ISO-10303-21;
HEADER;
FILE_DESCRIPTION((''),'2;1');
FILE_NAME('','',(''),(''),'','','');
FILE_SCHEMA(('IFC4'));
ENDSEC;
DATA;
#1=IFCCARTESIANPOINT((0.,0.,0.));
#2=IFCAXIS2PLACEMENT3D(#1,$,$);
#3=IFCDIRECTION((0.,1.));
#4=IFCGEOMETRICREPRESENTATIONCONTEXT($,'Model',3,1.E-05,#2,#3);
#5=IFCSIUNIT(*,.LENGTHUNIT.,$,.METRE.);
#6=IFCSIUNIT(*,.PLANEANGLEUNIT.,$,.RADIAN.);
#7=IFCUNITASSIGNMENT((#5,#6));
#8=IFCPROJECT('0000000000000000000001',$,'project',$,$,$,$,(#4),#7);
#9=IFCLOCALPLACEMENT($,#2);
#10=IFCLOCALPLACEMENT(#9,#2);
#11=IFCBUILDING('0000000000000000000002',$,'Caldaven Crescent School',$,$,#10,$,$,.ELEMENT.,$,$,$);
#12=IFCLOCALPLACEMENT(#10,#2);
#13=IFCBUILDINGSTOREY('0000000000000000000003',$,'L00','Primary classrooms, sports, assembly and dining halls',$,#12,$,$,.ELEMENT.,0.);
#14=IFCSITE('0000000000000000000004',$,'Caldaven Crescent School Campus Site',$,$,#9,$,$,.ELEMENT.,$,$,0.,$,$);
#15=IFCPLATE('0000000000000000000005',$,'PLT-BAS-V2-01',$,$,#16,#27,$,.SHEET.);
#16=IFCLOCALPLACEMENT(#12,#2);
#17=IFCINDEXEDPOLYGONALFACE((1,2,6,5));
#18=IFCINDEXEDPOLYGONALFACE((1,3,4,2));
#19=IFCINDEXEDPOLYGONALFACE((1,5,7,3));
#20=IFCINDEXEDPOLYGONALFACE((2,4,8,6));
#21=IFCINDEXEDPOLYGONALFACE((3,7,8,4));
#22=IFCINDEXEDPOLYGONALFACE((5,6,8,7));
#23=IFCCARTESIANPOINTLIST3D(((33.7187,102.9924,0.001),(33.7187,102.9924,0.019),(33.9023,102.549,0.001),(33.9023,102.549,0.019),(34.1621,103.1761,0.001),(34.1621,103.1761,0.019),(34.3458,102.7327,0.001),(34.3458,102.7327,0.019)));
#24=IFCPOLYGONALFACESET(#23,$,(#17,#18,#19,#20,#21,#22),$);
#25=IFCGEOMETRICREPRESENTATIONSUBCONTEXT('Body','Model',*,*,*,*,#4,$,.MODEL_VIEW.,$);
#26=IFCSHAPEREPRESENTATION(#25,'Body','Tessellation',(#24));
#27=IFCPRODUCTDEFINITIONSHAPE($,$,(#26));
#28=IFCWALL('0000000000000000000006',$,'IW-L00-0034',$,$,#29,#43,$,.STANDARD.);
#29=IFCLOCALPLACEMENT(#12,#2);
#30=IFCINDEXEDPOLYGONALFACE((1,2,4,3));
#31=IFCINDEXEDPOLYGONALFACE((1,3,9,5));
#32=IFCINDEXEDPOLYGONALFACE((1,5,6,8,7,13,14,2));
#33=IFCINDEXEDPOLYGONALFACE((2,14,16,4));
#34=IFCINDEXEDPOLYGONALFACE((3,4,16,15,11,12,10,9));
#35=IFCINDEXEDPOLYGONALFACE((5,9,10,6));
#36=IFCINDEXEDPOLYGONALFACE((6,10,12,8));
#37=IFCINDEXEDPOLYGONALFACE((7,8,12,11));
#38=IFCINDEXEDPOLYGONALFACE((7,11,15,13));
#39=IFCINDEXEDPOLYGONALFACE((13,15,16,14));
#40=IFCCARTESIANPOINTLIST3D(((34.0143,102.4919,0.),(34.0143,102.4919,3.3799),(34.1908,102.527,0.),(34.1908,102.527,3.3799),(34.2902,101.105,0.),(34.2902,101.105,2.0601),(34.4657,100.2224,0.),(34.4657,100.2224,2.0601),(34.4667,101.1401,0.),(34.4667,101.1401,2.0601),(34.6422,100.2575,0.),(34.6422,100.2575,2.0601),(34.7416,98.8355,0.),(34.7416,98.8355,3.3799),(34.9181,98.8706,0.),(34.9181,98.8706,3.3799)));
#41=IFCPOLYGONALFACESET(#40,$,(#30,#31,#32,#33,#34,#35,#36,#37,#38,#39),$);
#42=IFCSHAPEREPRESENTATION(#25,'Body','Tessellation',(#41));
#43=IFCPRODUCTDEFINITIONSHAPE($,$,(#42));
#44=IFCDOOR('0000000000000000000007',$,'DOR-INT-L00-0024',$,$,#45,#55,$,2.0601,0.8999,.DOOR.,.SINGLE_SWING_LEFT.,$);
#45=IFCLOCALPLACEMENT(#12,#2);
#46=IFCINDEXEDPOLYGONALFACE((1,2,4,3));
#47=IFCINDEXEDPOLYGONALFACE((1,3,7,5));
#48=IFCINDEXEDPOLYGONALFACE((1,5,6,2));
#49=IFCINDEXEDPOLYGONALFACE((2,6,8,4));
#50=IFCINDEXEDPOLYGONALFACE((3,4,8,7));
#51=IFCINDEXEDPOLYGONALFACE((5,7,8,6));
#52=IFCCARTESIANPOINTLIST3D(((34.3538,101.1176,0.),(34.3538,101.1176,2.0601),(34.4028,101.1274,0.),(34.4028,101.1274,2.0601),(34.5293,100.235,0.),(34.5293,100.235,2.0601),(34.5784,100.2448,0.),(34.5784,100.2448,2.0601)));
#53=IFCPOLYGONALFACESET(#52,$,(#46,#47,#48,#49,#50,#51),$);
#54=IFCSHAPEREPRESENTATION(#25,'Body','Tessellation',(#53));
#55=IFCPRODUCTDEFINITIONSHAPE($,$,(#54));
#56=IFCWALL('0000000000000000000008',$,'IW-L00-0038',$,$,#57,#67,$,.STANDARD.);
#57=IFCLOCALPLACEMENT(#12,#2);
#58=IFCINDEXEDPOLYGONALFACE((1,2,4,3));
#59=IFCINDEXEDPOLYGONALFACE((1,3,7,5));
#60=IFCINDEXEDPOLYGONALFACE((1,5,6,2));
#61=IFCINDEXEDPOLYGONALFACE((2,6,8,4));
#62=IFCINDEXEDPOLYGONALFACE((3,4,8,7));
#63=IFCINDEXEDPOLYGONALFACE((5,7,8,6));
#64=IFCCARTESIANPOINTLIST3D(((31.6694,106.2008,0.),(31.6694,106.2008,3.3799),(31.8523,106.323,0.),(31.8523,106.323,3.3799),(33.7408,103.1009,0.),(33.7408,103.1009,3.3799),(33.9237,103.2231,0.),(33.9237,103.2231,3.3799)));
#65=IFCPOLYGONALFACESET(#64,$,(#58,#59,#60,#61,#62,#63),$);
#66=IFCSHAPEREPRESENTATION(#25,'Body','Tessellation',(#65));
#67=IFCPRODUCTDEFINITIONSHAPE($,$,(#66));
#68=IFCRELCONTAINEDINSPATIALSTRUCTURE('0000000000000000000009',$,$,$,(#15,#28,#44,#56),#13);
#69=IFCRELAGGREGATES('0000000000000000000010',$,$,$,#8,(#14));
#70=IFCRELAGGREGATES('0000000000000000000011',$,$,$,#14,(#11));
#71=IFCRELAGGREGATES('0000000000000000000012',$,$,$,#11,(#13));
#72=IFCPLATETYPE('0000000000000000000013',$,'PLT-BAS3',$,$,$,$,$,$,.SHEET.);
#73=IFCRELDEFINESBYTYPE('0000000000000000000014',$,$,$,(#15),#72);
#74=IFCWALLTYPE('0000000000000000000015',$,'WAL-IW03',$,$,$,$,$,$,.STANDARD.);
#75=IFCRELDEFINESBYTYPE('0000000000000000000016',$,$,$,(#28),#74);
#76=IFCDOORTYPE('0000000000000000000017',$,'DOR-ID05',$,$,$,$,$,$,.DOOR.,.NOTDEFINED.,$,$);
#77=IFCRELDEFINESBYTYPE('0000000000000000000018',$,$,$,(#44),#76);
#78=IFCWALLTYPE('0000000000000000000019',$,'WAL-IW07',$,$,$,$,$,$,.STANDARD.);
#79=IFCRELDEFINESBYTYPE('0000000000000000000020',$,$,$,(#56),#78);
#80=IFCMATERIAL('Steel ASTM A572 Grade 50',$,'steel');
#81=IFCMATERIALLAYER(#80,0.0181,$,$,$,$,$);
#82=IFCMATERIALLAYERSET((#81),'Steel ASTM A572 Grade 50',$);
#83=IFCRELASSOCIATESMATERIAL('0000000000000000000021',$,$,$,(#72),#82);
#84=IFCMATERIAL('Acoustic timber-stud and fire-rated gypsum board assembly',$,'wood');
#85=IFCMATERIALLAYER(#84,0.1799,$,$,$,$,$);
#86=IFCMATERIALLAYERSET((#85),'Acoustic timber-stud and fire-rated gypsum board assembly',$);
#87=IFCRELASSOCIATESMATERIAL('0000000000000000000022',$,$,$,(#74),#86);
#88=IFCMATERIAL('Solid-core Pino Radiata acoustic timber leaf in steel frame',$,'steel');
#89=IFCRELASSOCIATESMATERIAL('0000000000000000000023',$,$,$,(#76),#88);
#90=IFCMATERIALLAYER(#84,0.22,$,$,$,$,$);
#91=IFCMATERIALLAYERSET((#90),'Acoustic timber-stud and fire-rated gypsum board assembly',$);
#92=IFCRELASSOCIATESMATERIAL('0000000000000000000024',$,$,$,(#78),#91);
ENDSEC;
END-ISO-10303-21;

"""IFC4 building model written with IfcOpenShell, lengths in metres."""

from ifc_helpers import new_model, si_unit, direction, frame, frame_2d, origin, origin_2d, place, context, subcontext, project, spatial, rectangle, extrude, material, layer, layer_set, type_object, element, fill, save


model = new_model("IFC4")

# Units and contexts
model_context = context("Model", 3, precision=1e-05, world=origin(), true_north=direction((0.0, 1.0)))
body_context = subcontext(model_context, "Body", "Model", "MODEL_VIEW")
ifc_project = project(units=[si_unit("LENGTHUNIT", "METRE"), si_unit("PLANEANGLEUNIT", "RADIAN")], contexts=[model_context])

# Site, building, storey
site_placement = place(None, origin())
site = spatial("IfcSite", under=ifc_project, at=site_placement, Name="Caldaven Crescent School Campus Site", CompositionType="ELEMENT", RefElevation=0.0)
building_placement = place(site_placement, origin())
building = spatial("IfcBuilding", under=site, at=building_placement, Name="Caldaven Crescent School", CompositionType="ELEMENT")
storey_placement = place(building_placement, origin())
storey = spatial("IfcBuildingStorey", under=building, at=storey_placement, Name="L00", Description="Primary classrooms, sports, assembly and dining halls", CompositionType="ELEMENT", Elevation=0.0)

# Plate
ifc_material_1 = material(Name="Steel ASTM A572 Grade 50", Category="steel")
ifc_layer_1 = layer(ifc_material_1, 0.0181)
ifc_layer_set_1 = layer_set([ifc_layer_1], Name="Steel ASTM A572 Grade 50")
plate_type_1 = type_object("IfcPlateType", Name="PLT-BAS3", PredefinedType="SHEET", material=ifc_layer_set_1)
plate_1_placement = place(storey_placement, frame((34.0322, 102.8625, 0.001), z_axis=(0.0, 0.0, 1.0), x_axis=(0.92388, 0.382683, 0.0)))
element("IfcPlate", 1, at=plate_1_placement, inside=storey, type_object=plate_type_1, Name="PLT-BAS-V2-01", PredefinedType="SHEET", context=body_context, shape_type="SweptSolid", body=[
    extrude(rectangle(XDim=0.48, YDim=0.48, at=origin_2d()), origin(), (0.0, 0.0, 1.0), 0.0181),
])

# Wall, opening, door
ifc_material_2 = material(Name="Acoustic timber-stud and fire-rated gypsum board assembly", Category="wood")
ifc_layer_2 = layer(ifc_material_2, 0.1799)
ifc_layer_set_2 = layer_set([ifc_layer_2], Name="Acoustic timber-stud and fire-rated gypsum board assembly")
wall_type_1 = type_object("IfcWallType", Name="WAL-IW03", PredefinedType="STANDARD", material=ifc_layer_set_2)
wall_1_placement = place(storey_placement, frame((34.8298, 98.853, 0.0), z_axis=(0.0, 0.0, 1.0), x_axis=(-0.195083, 0.980787, 0.0)))
wall_1 = element("IfcWall", 2, at=wall_1_placement, inside=storey, type_object=wall_type_1, Name="IW-L00-0034", PredefinedType="STANDARD", context=body_context, shape_type="SweptSolid", body=[
    extrude(rectangle(XDim=3.728, YDim=0.1799, at=frame_2d((1.864, 0.0))), origin(), (0.0, 0.0, 1.0), 3.3799),
])
opening_placement = place(wall_1_placement, frame((1.4141, 0.0, 0.0)))
opening = element("IfcOpeningElement", 3, at=opening_placement, cuts=wall_1, PredefinedType="OPENING", context=body_context, shape_type="SweptSolid", body=[
    extrude(rectangle(XDim=0.8999, YDim=2.0601, at=frame_2d((0.45, 1.03))), frame((0.0, 0.0999, 0.0), z_axis=(0.0, -1.0, 0.0), x_axis=(1.0, 0.0, 0.0)), (0.0, 0.0, 1.0), 0.2),
])
ifc_material_3 = material(Name="Solid-core Pino Radiata acoustic timber leaf in steel frame", Category="steel")
door_type = type_object("IfcDoorType", Name="DOR-ID05", OperationType="NOTDEFINED", PredefinedType="DOOR", material=ifc_material_3)
door_placement = place(opening_placement, frame((0.8999, 0.0, 0.0), z_axis=(0.0, 0.0, 1.0), x_axis=(-1.0, 0.0, 0.0)))
door = element("IfcDoor", 4, at=door_placement, inside=storey, type_object=door_type, Name="DOR-INT-L00-0024", OperationType="SINGLE_SWING_LEFT", OverallHeight=2.0601, OverallWidth=0.8999, PredefinedType="DOOR", context=body_context, shape_type="SweptSolid", body=[
    extrude(rectangle(XDim=0.8999, YDim=2.0601, at=frame_2d((0.45, 1.03))), frame((0.0, 0.0249, 0.0), z_axis=(0.0, -1.0, 0.0), x_axis=(1.0, 0.0, 0.0)), (0.0, 0.0, 1.0), 0.05),
])
fill(opening, door)

# Wall
ifc_layer_3 = layer(ifc_material_2, 0.22)
ifc_layer_set_3 = layer_set([ifc_layer_3], Name="Acoustic timber-stud and fire-rated gypsum board assembly")
wall_type_2 = type_object("IfcWallType", Name="WAL-IW07", PredefinedType="STANDARD", material=ifc_layer_set_3)
wall_2_placement = place(storey_placement, frame((33.8323, 103.1619, 0.0), z_axis=(0.0, 0.0, 1.0), x_axis=(-0.555576, 0.831466, 0.0)))
element("IfcWall", 5, at=wall_2_placement, inside=storey, type_object=wall_type_2, Name="IW-L00-0038", PredefinedType="STANDARD", context=body_context, shape_type="SweptSolid", body=[
    extrude(rectangle(XDim=3.7283, YDim=0.22, at=frame_2d((1.8643, 0.0))), origin(), (0.0, 0.0, 1.0), 3.3799),
])

save(model, "model.ifc")
